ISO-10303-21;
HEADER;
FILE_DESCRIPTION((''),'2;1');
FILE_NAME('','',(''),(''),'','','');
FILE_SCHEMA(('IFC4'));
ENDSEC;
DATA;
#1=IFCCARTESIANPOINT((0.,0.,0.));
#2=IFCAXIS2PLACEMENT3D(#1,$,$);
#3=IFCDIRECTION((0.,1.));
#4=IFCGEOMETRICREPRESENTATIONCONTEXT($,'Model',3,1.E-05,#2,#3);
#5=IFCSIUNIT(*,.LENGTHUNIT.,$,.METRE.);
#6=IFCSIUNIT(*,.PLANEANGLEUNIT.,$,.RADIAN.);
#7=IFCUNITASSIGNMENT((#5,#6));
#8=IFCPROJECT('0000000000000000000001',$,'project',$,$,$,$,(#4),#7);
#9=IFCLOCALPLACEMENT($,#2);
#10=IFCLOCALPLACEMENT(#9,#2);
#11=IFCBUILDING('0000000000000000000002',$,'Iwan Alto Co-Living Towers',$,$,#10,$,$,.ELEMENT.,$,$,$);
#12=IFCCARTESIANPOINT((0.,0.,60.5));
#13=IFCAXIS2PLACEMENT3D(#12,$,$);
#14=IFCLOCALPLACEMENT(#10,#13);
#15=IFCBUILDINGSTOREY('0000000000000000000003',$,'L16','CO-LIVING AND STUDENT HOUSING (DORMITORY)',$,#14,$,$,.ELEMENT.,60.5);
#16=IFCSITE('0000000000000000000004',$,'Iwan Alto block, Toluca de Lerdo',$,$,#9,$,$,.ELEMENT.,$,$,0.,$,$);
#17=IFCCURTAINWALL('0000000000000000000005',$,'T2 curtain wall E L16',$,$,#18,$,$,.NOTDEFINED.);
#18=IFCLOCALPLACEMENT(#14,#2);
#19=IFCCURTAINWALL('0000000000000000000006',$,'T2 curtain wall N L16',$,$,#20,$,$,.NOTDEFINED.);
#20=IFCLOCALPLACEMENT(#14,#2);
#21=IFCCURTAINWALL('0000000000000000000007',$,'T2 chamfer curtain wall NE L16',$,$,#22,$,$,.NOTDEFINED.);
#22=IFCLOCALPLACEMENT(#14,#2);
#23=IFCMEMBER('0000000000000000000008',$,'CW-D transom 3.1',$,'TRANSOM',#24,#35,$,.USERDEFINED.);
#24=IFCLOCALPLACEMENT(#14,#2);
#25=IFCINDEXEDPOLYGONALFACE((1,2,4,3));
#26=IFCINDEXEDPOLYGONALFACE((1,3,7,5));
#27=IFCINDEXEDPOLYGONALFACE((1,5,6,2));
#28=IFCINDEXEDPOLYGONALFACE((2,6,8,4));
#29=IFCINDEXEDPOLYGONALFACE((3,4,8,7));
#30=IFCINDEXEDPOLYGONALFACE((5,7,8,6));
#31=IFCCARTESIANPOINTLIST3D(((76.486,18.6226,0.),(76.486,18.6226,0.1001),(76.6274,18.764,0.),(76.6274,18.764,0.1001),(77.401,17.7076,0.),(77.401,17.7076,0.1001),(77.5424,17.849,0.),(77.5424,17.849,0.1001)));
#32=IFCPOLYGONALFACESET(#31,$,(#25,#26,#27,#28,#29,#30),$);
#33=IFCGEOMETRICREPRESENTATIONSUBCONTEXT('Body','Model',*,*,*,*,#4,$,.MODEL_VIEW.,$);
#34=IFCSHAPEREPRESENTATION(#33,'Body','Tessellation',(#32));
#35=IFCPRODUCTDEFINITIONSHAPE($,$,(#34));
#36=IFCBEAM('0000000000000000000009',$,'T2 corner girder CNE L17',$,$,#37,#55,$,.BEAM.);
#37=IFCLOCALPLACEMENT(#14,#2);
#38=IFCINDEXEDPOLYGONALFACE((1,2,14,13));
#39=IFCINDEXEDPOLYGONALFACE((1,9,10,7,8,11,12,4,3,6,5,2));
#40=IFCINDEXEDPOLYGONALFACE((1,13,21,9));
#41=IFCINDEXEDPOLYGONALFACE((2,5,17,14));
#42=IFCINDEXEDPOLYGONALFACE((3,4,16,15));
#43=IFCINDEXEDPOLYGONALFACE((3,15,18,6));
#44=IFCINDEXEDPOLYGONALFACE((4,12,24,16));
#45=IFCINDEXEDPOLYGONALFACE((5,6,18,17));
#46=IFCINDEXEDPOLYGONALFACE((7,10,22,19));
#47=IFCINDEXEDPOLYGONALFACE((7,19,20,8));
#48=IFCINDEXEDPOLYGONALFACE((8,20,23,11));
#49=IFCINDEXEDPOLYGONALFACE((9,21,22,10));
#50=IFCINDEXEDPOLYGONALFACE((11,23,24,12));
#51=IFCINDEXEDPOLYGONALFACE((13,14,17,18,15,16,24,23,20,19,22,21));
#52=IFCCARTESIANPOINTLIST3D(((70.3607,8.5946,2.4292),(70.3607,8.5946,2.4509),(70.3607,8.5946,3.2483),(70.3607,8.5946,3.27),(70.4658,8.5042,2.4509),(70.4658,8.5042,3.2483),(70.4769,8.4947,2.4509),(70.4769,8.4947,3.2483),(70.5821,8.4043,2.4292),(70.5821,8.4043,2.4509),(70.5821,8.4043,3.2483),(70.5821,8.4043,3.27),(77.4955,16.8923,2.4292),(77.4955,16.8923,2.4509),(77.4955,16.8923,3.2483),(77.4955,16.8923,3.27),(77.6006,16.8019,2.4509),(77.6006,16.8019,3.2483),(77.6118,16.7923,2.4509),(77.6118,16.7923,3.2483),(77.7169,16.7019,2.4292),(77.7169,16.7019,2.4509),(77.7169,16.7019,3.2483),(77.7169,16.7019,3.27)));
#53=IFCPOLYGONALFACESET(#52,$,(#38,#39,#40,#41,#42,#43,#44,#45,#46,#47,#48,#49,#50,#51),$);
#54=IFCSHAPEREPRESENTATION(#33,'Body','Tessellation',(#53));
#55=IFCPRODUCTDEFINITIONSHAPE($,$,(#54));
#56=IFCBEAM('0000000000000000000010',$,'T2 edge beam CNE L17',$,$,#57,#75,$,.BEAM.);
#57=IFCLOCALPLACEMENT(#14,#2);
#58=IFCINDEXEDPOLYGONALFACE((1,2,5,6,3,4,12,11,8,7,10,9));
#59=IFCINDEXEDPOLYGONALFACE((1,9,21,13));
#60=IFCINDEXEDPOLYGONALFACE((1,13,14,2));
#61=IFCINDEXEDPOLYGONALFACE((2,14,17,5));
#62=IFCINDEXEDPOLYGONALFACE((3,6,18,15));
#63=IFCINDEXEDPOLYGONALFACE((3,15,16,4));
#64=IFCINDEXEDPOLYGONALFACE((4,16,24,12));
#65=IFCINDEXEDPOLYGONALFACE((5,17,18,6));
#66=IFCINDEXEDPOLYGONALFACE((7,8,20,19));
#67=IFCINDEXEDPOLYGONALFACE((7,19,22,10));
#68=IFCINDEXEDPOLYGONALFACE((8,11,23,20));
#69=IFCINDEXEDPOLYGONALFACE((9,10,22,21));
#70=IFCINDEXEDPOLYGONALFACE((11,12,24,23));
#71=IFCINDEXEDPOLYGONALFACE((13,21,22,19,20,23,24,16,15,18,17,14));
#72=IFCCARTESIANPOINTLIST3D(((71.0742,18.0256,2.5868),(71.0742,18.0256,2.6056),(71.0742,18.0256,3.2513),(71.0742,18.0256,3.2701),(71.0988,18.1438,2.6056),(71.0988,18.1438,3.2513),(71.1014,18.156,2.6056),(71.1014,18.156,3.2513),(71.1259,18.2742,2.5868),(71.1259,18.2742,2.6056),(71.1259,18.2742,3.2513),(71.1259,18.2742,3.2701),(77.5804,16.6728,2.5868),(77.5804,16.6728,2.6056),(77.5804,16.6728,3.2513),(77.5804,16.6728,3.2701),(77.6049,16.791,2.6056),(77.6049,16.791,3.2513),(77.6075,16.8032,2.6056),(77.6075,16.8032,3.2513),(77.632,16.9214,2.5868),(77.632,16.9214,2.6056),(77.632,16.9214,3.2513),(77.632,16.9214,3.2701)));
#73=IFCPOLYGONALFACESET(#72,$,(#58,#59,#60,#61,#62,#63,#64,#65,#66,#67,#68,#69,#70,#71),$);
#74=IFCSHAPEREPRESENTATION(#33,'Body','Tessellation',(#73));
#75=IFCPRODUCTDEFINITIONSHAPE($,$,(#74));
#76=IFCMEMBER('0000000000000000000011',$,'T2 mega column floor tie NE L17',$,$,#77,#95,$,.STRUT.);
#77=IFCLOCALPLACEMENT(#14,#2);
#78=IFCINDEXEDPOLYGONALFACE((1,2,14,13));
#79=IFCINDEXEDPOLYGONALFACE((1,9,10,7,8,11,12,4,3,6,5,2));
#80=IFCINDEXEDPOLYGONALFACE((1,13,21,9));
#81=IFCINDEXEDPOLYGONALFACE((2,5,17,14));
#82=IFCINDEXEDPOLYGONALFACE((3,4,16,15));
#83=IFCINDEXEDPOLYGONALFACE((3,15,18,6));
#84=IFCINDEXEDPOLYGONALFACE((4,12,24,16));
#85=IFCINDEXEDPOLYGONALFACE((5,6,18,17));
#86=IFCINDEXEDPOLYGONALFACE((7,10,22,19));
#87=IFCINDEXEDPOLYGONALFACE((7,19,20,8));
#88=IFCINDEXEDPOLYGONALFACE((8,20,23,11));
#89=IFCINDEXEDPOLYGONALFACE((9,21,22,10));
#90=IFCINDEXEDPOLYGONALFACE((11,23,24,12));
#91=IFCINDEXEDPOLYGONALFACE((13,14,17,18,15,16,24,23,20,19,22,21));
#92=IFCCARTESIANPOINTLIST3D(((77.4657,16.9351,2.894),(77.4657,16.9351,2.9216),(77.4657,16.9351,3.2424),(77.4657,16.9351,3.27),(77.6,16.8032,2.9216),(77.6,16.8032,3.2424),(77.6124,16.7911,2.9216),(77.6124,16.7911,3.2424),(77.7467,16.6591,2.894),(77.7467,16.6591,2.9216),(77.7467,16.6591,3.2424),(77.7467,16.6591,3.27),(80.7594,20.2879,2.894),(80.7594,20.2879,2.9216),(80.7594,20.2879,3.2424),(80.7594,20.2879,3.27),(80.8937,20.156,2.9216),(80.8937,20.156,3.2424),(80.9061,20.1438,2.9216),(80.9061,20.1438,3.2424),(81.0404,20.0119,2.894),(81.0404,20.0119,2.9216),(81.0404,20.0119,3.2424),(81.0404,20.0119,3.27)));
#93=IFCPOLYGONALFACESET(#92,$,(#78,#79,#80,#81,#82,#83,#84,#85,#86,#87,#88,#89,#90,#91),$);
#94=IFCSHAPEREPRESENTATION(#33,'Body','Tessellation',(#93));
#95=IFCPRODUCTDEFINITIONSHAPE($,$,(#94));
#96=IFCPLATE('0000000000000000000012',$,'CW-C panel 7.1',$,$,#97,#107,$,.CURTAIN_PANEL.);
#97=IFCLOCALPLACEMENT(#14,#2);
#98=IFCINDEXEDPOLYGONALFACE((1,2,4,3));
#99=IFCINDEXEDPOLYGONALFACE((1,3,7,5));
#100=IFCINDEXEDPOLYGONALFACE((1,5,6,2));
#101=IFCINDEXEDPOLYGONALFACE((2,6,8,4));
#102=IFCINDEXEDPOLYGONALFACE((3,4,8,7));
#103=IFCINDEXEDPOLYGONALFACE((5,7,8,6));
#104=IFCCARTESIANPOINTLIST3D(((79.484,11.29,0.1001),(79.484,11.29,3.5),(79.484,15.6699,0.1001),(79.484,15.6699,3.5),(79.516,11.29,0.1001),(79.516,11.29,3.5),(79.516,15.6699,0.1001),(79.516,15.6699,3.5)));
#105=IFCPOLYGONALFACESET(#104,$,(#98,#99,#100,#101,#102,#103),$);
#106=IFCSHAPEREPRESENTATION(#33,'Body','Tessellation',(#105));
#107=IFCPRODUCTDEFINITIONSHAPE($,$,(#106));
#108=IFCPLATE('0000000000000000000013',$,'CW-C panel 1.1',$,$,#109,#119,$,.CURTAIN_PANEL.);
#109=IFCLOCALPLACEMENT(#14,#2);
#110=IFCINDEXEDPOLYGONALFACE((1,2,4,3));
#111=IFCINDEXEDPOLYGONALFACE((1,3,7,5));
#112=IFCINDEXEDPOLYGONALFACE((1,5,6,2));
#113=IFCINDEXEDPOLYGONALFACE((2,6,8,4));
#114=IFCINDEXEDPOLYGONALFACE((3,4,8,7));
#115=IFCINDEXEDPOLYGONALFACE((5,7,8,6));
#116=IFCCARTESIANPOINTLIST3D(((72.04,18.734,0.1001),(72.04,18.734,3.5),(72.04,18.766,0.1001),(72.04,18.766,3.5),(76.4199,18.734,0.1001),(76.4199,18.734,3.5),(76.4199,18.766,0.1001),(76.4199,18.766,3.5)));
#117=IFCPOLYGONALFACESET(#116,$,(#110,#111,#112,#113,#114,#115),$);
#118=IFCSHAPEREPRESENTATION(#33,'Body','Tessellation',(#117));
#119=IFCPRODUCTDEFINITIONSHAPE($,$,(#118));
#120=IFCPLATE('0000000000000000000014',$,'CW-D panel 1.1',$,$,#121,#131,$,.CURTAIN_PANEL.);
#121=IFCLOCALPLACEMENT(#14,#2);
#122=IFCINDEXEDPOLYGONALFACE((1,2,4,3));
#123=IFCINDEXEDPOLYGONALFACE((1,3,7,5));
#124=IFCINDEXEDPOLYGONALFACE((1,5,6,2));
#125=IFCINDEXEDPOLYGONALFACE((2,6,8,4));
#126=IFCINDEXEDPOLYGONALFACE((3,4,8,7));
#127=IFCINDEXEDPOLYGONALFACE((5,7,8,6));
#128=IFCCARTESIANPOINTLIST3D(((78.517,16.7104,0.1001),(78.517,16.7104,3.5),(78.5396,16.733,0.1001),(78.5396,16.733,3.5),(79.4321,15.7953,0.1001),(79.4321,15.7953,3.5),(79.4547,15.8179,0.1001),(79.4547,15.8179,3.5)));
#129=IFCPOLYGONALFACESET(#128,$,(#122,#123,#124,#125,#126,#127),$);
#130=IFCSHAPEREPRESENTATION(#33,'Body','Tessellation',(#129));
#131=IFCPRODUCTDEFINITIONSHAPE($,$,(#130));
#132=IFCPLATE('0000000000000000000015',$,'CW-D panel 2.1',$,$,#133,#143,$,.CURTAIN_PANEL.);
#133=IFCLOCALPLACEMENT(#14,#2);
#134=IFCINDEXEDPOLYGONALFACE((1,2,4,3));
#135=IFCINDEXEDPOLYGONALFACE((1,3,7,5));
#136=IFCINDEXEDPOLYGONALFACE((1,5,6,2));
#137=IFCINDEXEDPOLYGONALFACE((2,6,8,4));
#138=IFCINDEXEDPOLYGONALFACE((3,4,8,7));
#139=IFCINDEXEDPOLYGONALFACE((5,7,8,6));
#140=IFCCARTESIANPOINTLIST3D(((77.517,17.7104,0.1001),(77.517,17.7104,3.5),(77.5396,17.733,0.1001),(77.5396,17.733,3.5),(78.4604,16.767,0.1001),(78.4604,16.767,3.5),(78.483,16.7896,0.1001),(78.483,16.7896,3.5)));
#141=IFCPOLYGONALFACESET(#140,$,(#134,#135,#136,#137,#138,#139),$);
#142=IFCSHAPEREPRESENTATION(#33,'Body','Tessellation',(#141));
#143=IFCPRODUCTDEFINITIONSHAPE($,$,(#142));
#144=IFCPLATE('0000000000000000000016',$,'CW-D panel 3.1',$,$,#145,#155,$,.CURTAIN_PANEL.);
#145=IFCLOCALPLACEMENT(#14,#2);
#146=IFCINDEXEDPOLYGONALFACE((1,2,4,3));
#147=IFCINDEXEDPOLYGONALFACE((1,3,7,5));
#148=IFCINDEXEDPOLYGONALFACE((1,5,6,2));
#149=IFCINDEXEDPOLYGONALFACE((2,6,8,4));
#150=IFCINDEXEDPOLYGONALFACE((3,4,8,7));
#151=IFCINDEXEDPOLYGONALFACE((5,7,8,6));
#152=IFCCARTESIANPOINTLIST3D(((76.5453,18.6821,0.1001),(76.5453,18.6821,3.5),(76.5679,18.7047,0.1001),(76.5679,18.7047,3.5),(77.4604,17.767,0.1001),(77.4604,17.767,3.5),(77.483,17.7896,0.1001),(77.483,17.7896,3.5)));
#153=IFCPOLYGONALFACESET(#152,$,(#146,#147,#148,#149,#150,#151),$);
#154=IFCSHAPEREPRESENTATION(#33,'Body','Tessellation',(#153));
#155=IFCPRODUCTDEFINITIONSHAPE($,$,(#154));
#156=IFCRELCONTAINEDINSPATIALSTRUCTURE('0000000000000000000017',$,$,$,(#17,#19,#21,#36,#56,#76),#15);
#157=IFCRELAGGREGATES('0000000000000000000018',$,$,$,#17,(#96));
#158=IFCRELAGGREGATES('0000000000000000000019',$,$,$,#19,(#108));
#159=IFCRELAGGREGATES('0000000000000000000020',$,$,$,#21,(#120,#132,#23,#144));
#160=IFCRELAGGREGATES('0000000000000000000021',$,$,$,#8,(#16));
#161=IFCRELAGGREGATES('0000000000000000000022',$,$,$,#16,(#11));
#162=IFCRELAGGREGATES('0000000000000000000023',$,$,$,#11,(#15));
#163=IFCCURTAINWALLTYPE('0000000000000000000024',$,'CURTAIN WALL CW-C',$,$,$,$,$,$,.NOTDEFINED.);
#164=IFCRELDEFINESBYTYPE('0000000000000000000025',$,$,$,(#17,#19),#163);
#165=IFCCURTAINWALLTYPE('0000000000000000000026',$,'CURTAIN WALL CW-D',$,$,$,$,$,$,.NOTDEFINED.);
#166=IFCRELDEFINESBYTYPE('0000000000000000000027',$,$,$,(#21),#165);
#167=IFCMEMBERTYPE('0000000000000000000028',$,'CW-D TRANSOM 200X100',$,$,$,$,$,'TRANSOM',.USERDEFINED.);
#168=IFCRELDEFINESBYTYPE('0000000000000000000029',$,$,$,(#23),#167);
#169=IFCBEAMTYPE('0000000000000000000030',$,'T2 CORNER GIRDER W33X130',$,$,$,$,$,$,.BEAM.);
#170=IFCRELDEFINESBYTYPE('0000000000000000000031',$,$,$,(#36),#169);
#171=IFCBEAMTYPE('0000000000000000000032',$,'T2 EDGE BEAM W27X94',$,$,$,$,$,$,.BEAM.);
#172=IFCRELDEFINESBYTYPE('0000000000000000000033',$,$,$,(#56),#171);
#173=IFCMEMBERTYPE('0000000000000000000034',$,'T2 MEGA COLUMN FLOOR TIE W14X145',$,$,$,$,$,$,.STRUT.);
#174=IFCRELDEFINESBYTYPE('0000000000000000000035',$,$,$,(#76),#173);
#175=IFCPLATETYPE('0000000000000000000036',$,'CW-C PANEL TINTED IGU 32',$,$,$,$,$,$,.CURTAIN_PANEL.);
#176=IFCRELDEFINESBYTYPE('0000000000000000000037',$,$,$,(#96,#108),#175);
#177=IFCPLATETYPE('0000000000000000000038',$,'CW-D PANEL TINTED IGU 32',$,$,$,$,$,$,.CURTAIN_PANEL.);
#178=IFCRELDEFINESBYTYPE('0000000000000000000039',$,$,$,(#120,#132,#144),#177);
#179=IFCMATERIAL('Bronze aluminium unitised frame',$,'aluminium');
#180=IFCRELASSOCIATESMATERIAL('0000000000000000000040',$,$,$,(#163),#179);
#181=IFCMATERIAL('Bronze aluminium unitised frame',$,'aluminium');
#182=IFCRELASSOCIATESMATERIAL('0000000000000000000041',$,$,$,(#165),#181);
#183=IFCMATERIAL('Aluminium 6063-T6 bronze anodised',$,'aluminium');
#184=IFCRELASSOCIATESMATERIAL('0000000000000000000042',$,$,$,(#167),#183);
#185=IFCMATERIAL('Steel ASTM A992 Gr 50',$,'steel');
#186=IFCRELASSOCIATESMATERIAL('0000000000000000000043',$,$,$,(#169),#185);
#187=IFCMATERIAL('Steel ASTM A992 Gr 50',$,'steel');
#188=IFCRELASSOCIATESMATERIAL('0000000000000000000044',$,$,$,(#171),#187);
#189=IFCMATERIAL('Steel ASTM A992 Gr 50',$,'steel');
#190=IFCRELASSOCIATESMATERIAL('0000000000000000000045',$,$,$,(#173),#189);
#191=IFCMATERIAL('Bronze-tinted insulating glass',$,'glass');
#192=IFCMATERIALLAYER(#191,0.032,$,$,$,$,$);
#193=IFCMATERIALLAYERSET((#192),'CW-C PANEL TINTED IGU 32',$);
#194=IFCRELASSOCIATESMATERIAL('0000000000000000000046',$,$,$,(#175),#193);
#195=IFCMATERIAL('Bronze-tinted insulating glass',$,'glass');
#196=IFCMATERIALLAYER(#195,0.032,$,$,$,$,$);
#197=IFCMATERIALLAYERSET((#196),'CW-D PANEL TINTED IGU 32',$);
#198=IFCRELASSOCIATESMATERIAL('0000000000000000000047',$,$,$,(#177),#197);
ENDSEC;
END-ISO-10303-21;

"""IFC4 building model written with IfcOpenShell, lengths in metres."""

from ifc_helpers import new_model, si_unit, direction, frame, origin, origin_2d, place, context, subcontext, project, spatial, rectangle, i_section, extrude, material, layer, layer_set, material_profile, profile_set, type_object, element, aggregate, save


model = new_model("IFC4")

# Units and contexts
model_context = context("Model", 3, precision=1e-05, world=origin(), true_north=direction((0.0, 1.0)))
body_context = subcontext(model_context, "Body", "Model", "MODEL_VIEW")
ifc_project = project(units=[si_unit("LENGTHUNIT", "METRE"), si_unit("PLANEANGLEUNIT", "RADIAN")], contexts=[model_context])

# Site, building, storey
site_placement = place(None, origin())
site = spatial("IfcSite", under=ifc_project, at=site_placement, Name="Iwan Alto block, Toluca de Lerdo", CompositionType="ELEMENT", RefElevation=0.0)
building_placement = place(site_placement, origin())
building = spatial("IfcBuilding", under=site, at=building_placement, Name="Iwan Alto Co-Living Towers", CompositionType="ELEMENT")
storey_placement = place(building_placement, frame((0.0, 0.0, 60.5)))
storey = spatial("IfcBuildingStorey", under=building, at=storey_placement, Name="L16", Description="CO-LIVING AND STUDENT HOUSING (DORMITORY)", CompositionType="ELEMENT", Elevation=60.5)

# Curtain wall
ifc_material_1 = material(Name="Bronze aluminium unitised frame", Category="aluminium")
curtain_wall_type_1 = type_object("IfcCurtainWallType", Name="CURTAIN WALL CW-C", PredefinedType="NOTDEFINED", material=ifc_material_1)
curtain_wall_1_placement = place(storey_placement, origin())
curtain_wall_1 = element("IfcCurtainWall", 1, at=curtain_wall_1_placement, inside=storey, type_object=curtain_wall_type_1, Name="T2 curtain wall E L16", PredefinedType="NOTDEFINED")

# Curtain walls, member
curtain_wall_2_placement = place(storey_placement, origin())
curtain_wall_2 = element("IfcCurtainWall", 2, at=curtain_wall_2_placement, inside=storey, type_object=curtain_wall_type_1, Name="T2 curtain wall N L16", PredefinedType="NOTDEFINED")
ifc_material_2 = material(Name="Bronze aluminium unitised frame", Category="aluminium")
curtain_wall_type_2 = type_object("IfcCurtainWallType", Name="CURTAIN WALL CW-D", PredefinedType="NOTDEFINED", material=ifc_material_2)
curtain_wall_3_placement = place(storey_placement, origin())
curtain_wall_3 = element("IfcCurtainWall", 3, at=curtain_wall_3_placement, inside=storey, type_object=curtain_wall_type_2, Name="T2 chamfer curtain wall NE L16", PredefinedType="NOTDEFINED")
ifc_material_3 = material(Name="Aluminium 6063-T6 bronze anodised", Category="aluminium")
ifc_material_profile_1 = material_profile(ifc_material_3, rectangle(XDim=0.2, YDim=0.1001, at=origin_2d()), Name="AL 200X100")
ifc_profile_set_1 = profile_set([ifc_material_profile_1], Name="Aluminium 6063-T6 bronze anodised")
member_type_1 = type_object("IfcMemberType", Name="CW-D TRANSOM 200X100", ElementType="TRANSOM", PredefinedType="USERDEFINED", material=ifc_profile_set_1)
member_1_placement = place(storey_placement, frame((77.4717, 17.7783, 0.05), z_axis=(-0.707107, 0.707107, 0.0), x_axis=(-0.707107, -0.707107, 0.0)))
member_1 = element("IfcMember", 4, at=member_1_placement, type_object=member_type_1, Name="CW-D transom 3.1", ObjectType="TRANSOM", PredefinedType="USERDEFINED", context=body_context, shape_type="SweptSolid", body=[
    extrude(rectangle(XDim=0.2, YDim=0.1001, at=origin_2d()), origin(), (0.0, 0.0, 1.0), 1.2939),
])

# Beams
ifc_material_4 = material(Name="Steel ASTM A992 Gr 50", Category="steel")
ifc_material_profile_2 = material_profile(ifc_material_4, i_section(OverallWidth=0.292, OverallDepth=0.8408, WebThickness=0.0146, FlangeThickness=0.0217, at=origin_2d()), Name="W33X130")
ifc_profile_set_2 = profile_set([ifc_material_profile_2], Name="Steel ASTM A992 Gr 50")
beam_type_1 = type_object("IfcBeamType", Name="T2 CORNER GIRDER W33X130", PredefinedType="BEAM", material=ifc_profile_set_2)
beam_1_placement = place(storey_placement, frame((77.6062, 16.7971, 2.8496), z_axis=(-0.651977, -0.758238, 0.0), x_axis=(0.758238, -0.651977, 0.0)))
element("IfcBeam", 5, at=beam_1_placement, inside=storey, type_object=beam_type_1, Name="T2 corner girder CNE L17", PredefinedType="BEAM", context=body_context, shape_type="SweptSolid", body=[
    extrude(i_section(OverallWidth=0.292, OverallDepth=0.8408, WebThickness=0.0146, FlangeThickness=0.0217, at=origin_2d()), origin(), (0.0, 0.0, 1.0), 10.9434),
])
ifc_material_5 = material(Name="Steel ASTM A992 Gr 50", Category="steel")
ifc_material_profile_3 = material_profile(ifc_material_5, i_section(OverallWidth=0.2539, OverallDepth=0.6833, WebThickness=0.0125, FlangeThickness=0.0188, at=origin_2d()), Name="W27X94")
ifc_profile_set_3 = profile_set([ifc_material_profile_3], Name="Steel ASTM A992 Gr 50")
beam_type_2 = type_object("IfcBeamType", Name="T2 EDGE BEAM W27X94", PredefinedType="BEAM", material=ifc_profile_set_3)
beam_2_placement = place(storey_placement, frame((77.6062, 16.7971, 2.9285), z_axis=(-0.97906, 0.203571, 0.0), x_axis=(-0.203571, -0.97906, 0.0)))
element("IfcBeam", 6, at=beam_2_placement, inside=storey, type_object=beam_type_2, Name="T2 edge beam CNE L17", PredefinedType="BEAM", context=body_context, shape_type="SweptSolid", body=[
    extrude(i_section(OverallWidth=0.2539, OverallDepth=0.6833, WebThickness=0.0125, FlangeThickness=0.0188, at=origin_2d()), origin(), (0.0, 0.0, 1.0), 6.6453),
])

# Member
ifc_material_6 = material(Name="Steel ASTM A992 Gr 50", Category="steel")
ifc_material_profile_4 = material_profile(ifc_material_6, i_section(OverallWidth=0.3938, OverallDepth=0.376, WebThickness=0.0173, FlangeThickness=0.0276, at=origin_2d()), Name="W14X145")
ifc_profile_set_4 = profile_set([ifc_material_profile_4], Name="Steel ASTM A992 Gr 50")
member_type_2 = type_object("IfcMemberType", Name="T2 MEGA COLUMN FLOOR TIE W14X145", PredefinedType="STRUT", material=ifc_profile_set_4)
member_2_placement = place(storey_placement, frame((80.8999, 20.1499, 3.082), z_axis=(-0.700793, -0.713364, 0.0), x_axis=(0.713364, -0.700793, 0.0)))
element("IfcMember", 7, at=member_2_placement, inside=storey, type_object=member_type_2, Name="T2 mega column floor tie NE L17", PredefinedType="STRUT", context=body_context, shape_type="SweptSolid", body=[
    extrude(i_section(OverallWidth=0.3938, OverallDepth=0.376, WebThickness=0.0173, FlangeThickness=0.0276, at=origin_2d()), origin(), (0.0, 0.0, 1.0), 4.7),
])

# Plates
ifc_material_7 = material(Name="Bronze-tinted insulating glass", Category="glass")
ifc_layer_1 = layer(ifc_material_7, 0.032)
ifc_layer_set_1 = layer_set([ifc_layer_1], Name="CW-C PANEL TINTED IGU 32")
plate_type_1 = type_object("IfcPlateType", Name="CW-C PANEL TINTED IGU 32", PredefinedType="CURTAIN_PANEL", material=ifc_layer_set_1)
plate_1_placement = place(storey_placement, frame((79.5, 13.48, 0.1001), z_axis=(0.0, 0.0, 1.0), x_axis=(0.0, 1.0, 0.0)))
plate_1 = element("IfcPlate", 8, at=plate_1_placement, type_object=plate_type_1, Name="CW-C panel 7.1", PredefinedType="CURTAIN_PANEL", context=body_context, shape_type="SweptSolid", body=[
    extrude(rectangle(XDim=4.3799, YDim=0.032, at=origin_2d()), origin(), (0.0, 0.0, 1.0), 3.3999),
])
aggregate(curtain_wall_1, [plate_1])
plate_2_placement = place(storey_placement, frame((74.23, 18.75, 0.1001), z_axis=(0.0, 0.0, 1.0), x_axis=(-1.0, 0.0, 0.0)))
plate_2 = element("IfcPlate", 9, at=plate_2_placement, type_object=plate_type_1, Name="CW-C panel 1.1", PredefinedType="CURTAIN_PANEL", context=body_context, shape_type="SweptSolid", body=[
    extrude(rectangle(XDim=4.3799, YDim=0.032, at=origin_2d()), origin(), (0.0, 0.0, 1.0), 3.3999),
])
aggregate(curtain_wall_2, [plate_2])
ifc_material_8 = material(Name="Bronze-tinted insulating glass", Category="glass")
ifc_layer_2 = layer(ifc_material_8, 0.032)
ifc_layer_set_2 = layer_set([ifc_layer_2], Name="CW-D PANEL TINTED IGU 32")
plate_type_2 = type_object("IfcPlateType", Name="CW-D PANEL TINTED IGU 32", PredefinedType="CURTAIN_PANEL", material=ifc_layer_set_2)
plate_3_placement = place(storey_placement, frame((78.9858, 16.2642, 0.1001), z_axis=(0.0, 0.0, 1.0), x_axis=(-0.707107, 0.707107, 0.0)))
plate_3 = element("IfcPlate", 10, at=plate_3_placement, type_object=plate_type_2, Name="CW-D panel 1.1", PredefinedType="CURTAIN_PANEL", context=body_context, shape_type="SweptSolid", body=[
    extrude(rectangle(XDim=1.2942, YDim=0.032, at=origin_2d()), origin(), (0.0, 0.0, 1.0), 3.3999),
])
plate_4_placement = place(storey_placement, frame((78.0, 17.25, 0.1001), z_axis=(0.0, 0.0, 1.0), x_axis=(-0.707107, 0.707107, 0.0)))
plate_4 = element("IfcPlate", 11, at=plate_4_placement, type_object=plate_type_2, Name="CW-D panel 2.1", PredefinedType="CURTAIN_PANEL", context=body_context, shape_type="SweptSolid", body=[
    extrude(rectangle(XDim=1.3342, YDim=0.032, at=origin_2d()), origin(), (0.0, 0.0, 1.0), 3.3999),
])
plate_5_placement = place(storey_placement, frame((77.0142, 18.2358, 0.1001), z_axis=(0.0, 0.0, 1.0), x_axis=(-0.707107, 0.707107, 0.0)))
plate_5 = element("IfcPlate", 12, at=plate_5_placement, type_object=plate_type_2, Name="CW-D panel 3.1", PredefinedType="CURTAIN_PANEL", context=body_context, shape_type="SweptSolid", body=[
    extrude(rectangle(XDim=1.2942, YDim=0.032, at=origin_2d()), origin(), (0.0, 0.0, 1.0), 3.3999),
])
aggregate(curtain_wall_3, [plate_3, plate_4, member_1, plate_5])

save(model, "model.ifc")
